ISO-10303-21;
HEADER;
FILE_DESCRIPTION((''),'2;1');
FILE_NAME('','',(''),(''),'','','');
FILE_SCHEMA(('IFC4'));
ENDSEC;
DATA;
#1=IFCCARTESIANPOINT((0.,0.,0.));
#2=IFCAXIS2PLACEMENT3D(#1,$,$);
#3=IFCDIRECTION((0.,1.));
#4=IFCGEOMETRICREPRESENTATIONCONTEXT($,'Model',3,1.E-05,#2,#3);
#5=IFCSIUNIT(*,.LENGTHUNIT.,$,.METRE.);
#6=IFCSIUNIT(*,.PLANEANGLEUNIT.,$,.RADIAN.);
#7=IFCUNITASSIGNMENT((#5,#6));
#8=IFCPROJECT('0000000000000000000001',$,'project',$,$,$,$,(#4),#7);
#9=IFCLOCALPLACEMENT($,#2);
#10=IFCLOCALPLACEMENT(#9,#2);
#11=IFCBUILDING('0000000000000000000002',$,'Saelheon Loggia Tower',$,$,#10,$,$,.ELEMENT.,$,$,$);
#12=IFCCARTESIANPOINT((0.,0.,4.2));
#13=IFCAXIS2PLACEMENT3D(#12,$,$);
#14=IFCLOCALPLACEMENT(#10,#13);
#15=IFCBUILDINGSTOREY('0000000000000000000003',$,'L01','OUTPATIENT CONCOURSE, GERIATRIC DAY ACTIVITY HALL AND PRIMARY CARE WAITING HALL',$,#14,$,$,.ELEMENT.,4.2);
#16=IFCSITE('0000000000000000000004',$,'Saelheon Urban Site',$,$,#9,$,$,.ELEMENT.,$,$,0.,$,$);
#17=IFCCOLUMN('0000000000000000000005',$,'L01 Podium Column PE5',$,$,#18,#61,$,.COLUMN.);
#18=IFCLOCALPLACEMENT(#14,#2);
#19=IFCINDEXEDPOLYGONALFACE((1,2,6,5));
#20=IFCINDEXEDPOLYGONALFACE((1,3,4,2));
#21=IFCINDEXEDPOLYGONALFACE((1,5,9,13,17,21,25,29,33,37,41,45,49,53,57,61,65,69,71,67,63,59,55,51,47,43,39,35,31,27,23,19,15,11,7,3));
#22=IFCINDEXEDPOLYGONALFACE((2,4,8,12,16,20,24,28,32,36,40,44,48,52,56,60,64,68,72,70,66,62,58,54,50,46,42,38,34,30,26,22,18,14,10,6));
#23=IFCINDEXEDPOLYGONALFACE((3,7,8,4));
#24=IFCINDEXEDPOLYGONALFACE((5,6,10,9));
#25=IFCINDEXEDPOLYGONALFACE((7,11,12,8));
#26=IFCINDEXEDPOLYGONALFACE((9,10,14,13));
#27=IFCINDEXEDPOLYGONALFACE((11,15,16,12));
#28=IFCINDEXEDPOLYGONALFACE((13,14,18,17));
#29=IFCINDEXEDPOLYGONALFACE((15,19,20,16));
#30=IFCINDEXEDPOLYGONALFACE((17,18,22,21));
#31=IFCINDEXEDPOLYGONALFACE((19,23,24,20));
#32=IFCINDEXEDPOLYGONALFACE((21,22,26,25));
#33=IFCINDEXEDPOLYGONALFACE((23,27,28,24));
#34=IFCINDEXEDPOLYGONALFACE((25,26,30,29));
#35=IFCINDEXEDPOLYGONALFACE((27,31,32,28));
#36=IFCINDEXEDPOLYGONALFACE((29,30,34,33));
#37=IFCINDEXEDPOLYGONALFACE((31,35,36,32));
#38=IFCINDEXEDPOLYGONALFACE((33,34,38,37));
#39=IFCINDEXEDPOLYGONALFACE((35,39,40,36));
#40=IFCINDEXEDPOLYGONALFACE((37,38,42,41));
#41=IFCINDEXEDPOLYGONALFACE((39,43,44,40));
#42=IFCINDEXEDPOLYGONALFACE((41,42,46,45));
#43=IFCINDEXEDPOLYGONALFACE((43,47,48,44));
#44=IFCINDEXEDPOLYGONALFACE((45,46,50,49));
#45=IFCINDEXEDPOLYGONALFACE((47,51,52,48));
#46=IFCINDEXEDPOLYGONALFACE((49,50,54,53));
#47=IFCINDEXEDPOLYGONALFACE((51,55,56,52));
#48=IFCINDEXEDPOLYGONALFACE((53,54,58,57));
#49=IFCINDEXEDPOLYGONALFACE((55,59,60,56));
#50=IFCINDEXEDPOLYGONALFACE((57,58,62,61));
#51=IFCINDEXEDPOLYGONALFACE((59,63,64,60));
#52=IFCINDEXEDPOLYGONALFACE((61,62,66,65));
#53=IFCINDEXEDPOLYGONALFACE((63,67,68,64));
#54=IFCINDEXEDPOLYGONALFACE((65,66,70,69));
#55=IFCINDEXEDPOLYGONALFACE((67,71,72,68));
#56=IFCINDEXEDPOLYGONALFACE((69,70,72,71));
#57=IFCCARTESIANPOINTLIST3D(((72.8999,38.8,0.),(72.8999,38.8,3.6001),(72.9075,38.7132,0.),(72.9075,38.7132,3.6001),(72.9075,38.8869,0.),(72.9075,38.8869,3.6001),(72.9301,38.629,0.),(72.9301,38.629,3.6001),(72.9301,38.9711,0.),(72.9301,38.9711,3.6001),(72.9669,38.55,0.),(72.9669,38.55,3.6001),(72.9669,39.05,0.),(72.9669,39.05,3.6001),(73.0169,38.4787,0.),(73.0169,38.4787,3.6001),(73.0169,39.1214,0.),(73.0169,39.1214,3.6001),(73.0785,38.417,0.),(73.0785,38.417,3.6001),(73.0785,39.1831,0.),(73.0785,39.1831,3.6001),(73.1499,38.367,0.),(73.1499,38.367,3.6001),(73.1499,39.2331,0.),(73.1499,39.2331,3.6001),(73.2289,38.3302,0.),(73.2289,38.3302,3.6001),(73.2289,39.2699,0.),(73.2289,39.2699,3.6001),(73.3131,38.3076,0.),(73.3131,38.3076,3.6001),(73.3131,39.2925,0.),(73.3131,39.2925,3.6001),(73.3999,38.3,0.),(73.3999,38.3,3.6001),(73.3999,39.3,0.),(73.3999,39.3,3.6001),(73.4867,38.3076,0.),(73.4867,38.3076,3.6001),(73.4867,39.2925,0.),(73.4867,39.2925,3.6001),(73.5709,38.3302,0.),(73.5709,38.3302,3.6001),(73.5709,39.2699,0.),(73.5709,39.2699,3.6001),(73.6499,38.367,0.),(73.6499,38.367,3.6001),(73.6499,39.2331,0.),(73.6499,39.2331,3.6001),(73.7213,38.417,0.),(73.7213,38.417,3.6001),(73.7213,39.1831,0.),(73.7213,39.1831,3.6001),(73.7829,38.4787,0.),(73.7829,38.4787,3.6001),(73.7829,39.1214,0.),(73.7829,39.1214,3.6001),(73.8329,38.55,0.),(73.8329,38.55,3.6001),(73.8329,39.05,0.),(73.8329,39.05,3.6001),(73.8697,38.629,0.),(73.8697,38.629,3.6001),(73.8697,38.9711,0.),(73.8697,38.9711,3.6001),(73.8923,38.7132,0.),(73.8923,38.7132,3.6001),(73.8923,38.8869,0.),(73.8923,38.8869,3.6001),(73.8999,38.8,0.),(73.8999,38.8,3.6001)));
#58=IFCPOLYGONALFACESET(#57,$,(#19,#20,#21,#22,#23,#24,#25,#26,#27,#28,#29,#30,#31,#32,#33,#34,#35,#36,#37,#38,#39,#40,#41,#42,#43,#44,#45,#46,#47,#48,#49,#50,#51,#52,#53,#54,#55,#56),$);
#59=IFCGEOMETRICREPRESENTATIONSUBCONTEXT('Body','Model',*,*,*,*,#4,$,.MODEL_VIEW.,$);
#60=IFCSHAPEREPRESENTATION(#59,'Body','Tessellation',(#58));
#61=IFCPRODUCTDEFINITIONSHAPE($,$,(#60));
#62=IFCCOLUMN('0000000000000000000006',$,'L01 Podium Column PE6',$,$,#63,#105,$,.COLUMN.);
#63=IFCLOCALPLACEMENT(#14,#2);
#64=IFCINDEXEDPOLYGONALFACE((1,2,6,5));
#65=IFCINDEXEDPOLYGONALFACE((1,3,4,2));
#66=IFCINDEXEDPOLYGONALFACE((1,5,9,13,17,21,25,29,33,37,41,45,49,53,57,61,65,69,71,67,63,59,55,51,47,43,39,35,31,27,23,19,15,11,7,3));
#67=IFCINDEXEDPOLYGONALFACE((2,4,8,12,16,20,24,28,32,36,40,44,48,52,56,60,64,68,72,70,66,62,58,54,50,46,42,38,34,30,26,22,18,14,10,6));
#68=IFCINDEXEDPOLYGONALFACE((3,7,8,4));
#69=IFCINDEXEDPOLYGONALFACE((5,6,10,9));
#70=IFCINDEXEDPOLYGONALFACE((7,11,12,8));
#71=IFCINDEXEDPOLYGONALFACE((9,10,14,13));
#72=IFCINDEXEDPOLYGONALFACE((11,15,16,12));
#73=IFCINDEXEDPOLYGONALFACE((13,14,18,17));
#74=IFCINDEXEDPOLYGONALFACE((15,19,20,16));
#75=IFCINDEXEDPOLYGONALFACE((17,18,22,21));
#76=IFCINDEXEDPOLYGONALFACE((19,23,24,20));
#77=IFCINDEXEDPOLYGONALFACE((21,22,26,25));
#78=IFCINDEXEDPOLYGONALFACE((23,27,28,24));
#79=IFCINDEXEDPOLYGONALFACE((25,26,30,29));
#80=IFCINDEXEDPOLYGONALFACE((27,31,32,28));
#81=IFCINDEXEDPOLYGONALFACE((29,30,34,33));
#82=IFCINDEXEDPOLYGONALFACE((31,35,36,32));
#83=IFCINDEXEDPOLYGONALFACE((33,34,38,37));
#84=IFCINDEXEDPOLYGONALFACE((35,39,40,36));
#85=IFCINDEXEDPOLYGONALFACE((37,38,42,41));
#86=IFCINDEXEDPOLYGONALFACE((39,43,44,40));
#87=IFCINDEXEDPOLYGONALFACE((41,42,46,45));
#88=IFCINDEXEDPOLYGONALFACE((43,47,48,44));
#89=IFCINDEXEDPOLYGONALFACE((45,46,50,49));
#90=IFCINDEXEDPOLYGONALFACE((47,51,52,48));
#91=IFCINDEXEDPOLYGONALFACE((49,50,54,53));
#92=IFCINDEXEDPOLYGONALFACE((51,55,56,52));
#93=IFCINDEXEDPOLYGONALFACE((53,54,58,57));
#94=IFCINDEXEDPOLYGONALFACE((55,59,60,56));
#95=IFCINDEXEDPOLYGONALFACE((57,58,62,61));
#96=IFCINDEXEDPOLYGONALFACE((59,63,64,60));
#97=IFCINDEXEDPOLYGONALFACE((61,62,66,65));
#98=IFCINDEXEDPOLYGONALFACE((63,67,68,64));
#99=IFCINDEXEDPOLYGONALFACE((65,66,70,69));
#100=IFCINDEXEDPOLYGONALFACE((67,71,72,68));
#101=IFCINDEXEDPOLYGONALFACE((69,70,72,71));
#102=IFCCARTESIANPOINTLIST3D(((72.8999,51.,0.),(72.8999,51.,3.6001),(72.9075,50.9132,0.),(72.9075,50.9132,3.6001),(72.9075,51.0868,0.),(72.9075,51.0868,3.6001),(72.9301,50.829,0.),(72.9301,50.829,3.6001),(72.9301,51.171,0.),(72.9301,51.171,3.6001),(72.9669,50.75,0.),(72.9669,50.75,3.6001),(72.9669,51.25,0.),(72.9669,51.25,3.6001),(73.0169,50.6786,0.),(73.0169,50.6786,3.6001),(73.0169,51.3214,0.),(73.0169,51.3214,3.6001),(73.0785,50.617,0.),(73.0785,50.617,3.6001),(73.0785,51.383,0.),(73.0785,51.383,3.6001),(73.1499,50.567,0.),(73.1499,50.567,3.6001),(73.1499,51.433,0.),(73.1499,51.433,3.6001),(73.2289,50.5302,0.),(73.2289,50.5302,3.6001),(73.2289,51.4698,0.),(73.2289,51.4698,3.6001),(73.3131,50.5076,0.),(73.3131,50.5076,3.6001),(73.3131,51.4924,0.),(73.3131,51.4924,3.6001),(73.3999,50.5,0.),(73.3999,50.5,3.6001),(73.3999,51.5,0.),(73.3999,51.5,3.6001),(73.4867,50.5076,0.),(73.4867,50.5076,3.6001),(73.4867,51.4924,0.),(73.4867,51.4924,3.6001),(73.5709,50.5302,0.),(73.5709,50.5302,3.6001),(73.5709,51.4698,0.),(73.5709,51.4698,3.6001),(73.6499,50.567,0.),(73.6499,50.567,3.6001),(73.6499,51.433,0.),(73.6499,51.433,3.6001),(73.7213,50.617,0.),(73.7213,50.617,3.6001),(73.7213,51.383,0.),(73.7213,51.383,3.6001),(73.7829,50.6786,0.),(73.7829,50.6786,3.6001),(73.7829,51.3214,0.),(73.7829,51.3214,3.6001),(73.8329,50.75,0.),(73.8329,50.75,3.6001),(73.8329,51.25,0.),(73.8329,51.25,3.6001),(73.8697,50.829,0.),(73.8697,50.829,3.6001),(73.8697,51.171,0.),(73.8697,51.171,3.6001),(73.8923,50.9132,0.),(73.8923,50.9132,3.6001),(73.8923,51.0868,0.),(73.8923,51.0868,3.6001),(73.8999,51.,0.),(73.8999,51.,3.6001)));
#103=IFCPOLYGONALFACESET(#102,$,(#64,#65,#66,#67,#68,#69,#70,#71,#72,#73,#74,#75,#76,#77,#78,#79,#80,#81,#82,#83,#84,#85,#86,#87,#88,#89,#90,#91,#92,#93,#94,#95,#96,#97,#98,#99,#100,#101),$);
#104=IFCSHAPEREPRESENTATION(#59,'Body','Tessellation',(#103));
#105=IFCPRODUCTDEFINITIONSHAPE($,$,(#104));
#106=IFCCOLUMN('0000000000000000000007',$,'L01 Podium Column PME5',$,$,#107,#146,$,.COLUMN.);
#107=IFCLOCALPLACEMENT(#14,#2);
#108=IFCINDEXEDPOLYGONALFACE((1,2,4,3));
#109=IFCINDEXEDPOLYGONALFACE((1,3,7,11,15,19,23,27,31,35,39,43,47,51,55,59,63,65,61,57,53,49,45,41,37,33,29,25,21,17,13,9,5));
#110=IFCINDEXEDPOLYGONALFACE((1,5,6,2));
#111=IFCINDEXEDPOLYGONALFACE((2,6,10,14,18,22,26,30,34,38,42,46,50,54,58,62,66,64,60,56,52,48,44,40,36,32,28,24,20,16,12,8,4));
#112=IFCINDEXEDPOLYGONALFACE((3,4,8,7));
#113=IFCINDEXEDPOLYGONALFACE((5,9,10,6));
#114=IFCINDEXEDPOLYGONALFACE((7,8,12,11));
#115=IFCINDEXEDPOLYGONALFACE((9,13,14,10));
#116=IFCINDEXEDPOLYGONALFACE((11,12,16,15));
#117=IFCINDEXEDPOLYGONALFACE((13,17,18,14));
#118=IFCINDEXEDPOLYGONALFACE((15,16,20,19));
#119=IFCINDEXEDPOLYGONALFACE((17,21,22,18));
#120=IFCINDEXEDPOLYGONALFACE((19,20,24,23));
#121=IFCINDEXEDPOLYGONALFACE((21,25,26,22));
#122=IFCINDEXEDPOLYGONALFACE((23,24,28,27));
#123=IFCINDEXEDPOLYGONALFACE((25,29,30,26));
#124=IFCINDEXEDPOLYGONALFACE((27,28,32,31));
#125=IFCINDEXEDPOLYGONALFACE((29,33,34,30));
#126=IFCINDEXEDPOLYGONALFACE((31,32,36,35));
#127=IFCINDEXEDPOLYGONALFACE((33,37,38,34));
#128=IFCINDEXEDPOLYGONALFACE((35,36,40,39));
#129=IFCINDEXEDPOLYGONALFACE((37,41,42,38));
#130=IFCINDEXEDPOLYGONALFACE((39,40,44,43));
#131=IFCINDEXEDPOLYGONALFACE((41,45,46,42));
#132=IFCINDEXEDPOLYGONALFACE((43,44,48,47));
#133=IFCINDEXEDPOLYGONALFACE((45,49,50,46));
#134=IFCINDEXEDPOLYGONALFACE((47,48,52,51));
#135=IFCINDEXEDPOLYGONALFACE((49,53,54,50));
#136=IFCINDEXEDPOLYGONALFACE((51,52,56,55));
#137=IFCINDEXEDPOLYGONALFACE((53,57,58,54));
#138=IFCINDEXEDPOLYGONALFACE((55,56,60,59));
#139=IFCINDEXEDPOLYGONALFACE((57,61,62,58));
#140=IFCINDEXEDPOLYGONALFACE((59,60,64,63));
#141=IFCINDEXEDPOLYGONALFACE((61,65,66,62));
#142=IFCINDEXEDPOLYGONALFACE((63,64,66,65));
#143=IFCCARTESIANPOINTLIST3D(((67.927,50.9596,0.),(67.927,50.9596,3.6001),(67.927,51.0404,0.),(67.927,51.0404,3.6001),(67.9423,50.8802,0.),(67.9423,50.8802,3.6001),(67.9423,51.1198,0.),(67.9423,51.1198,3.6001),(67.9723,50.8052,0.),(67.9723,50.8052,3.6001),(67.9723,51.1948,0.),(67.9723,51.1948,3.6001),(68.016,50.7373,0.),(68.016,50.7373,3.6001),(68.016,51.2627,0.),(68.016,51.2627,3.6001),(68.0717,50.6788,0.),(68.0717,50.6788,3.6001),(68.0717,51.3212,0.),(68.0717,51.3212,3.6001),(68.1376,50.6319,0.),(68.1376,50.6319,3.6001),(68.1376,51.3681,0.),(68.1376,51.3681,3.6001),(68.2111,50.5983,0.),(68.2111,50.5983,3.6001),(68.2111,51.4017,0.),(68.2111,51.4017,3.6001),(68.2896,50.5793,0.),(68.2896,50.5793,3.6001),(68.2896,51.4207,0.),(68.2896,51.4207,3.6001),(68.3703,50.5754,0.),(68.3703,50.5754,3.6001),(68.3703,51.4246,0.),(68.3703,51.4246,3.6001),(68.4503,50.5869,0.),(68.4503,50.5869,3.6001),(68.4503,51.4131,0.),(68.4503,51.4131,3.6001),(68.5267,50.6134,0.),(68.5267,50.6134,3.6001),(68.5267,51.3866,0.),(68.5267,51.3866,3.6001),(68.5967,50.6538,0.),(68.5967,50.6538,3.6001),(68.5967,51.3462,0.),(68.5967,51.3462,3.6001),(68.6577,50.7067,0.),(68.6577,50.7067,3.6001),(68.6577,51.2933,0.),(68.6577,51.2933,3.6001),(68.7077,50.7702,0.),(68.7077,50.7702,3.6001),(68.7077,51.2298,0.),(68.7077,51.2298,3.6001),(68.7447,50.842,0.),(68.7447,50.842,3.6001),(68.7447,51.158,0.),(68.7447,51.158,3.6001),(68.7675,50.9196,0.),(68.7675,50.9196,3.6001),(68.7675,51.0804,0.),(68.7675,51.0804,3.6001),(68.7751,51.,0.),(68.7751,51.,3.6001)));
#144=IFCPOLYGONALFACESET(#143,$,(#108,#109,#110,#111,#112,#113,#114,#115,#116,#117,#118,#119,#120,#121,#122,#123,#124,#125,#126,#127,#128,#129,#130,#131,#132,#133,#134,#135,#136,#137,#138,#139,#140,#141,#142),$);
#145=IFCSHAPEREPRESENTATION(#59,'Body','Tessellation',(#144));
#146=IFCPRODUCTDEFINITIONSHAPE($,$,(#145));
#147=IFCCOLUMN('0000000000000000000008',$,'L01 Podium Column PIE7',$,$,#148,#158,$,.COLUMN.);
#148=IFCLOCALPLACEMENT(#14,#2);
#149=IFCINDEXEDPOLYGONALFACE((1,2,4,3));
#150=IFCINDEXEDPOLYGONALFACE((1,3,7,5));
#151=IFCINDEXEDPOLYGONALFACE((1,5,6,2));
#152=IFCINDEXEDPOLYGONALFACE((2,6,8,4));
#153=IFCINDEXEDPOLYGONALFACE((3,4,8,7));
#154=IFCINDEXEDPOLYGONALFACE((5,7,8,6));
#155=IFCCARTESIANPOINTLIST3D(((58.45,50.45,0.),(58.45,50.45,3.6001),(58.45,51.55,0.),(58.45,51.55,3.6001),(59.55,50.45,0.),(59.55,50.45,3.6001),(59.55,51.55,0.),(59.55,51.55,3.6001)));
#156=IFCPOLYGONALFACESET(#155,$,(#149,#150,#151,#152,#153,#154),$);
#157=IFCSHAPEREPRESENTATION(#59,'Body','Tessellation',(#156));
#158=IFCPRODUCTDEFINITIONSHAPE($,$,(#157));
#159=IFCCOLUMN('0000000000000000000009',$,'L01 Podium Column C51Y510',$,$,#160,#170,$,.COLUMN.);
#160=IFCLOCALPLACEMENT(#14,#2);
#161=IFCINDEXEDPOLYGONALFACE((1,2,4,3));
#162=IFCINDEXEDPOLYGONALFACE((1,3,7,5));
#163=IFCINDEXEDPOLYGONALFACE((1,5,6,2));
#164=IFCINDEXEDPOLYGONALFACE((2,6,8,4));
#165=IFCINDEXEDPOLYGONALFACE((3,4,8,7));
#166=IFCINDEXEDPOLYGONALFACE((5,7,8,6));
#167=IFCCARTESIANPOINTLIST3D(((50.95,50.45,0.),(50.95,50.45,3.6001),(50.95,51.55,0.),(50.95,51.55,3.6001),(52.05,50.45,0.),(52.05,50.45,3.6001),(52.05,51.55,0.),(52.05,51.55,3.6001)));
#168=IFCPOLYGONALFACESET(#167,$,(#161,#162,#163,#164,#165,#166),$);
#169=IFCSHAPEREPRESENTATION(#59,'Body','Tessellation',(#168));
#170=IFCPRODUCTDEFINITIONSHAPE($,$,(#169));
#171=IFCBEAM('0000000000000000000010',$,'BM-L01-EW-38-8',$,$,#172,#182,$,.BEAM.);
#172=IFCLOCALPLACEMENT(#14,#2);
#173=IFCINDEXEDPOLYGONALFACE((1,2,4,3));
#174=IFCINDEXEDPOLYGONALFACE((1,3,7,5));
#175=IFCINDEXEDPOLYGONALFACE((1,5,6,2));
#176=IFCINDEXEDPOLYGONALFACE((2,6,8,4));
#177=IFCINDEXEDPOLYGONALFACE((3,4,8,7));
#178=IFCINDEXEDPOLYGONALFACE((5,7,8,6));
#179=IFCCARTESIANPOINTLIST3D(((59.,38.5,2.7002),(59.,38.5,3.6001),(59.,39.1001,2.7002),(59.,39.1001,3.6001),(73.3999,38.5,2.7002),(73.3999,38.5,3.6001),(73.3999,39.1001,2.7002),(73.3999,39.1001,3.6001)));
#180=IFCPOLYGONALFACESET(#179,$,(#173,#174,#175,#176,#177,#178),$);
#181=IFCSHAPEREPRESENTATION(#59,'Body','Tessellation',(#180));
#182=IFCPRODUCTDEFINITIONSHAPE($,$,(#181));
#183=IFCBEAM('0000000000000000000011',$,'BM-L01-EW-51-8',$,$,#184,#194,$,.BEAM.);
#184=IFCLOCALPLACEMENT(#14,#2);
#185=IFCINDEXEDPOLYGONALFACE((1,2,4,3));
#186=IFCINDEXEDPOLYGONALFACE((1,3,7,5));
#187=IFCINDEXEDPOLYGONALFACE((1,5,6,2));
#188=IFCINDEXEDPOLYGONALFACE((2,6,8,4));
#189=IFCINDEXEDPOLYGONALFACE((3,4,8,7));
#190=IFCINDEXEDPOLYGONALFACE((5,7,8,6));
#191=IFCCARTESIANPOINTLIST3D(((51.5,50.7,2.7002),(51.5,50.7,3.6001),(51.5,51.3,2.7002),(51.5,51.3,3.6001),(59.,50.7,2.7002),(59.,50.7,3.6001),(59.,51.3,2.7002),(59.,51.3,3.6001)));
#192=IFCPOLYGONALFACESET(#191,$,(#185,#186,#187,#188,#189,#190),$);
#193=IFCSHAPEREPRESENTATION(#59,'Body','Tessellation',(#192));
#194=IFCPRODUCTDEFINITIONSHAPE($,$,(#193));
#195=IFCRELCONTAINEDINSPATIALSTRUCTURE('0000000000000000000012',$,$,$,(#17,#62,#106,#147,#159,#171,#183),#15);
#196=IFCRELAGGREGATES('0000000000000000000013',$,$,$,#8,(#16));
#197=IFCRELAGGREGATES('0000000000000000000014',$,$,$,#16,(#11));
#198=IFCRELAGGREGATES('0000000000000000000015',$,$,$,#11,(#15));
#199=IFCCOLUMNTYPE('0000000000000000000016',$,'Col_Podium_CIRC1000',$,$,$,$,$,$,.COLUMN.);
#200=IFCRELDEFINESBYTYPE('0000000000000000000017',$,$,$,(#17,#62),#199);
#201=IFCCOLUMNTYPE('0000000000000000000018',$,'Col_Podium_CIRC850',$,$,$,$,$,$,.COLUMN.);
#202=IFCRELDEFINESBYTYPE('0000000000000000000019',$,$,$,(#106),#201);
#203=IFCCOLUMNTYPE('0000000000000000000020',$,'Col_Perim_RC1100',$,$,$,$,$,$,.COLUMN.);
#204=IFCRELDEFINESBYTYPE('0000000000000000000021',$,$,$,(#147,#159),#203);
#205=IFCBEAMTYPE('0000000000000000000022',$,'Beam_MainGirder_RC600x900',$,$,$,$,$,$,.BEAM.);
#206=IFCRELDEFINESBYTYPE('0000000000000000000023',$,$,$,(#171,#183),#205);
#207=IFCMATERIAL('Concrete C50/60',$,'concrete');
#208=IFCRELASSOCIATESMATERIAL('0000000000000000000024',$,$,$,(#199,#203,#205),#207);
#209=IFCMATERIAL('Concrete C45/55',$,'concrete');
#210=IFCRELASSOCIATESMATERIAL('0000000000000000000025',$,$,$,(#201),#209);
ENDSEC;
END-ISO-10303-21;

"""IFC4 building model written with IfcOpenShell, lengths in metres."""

from ifc_helpers import new_model, si_unit, direction, frame, origin, origin_2d, place, context, subcontext, project, spatial, rectangle, circle, extrude, source, transform, mapped, material, material_profile, profile_set, type_object, element, save


model = new_model("IFC4")

# Units and contexts
model_context = context("Model", 3, precision=1e-05, world=origin(), true_north=direction((0.0, 1.0)))
body_context = subcontext(model_context, "Body", "Model", "MODEL_VIEW")
ifc_project = project(units=[si_unit("LENGTHUNIT", "METRE"), si_unit("PLANEANGLEUNIT", "RADIAN")], contexts=[model_context])

# Site, building, storey
site_placement = place(None, origin())
site = spatial("IfcSite", under=ifc_project, at=site_placement, Name="Saelheon Urban Site", CompositionType="ELEMENT", RefElevation=0.0)
building_placement = place(site_placement, origin())
building = spatial("IfcBuilding", under=site, at=building_placement, Name="Saelheon Loggia Tower", CompositionType="ELEMENT")
storey_placement = place(building_placement, frame((0.0, 0.0, 4.2)))
storey = spatial("IfcBuildingStorey", under=building, at=storey_placement, Name="L01", Description="OUTPATIENT CONCOURSE, GERIATRIC DAY ACTIVITY HALL AND PRIMARY CARE WAITING HALL", CompositionType="ELEMENT", Elevation=4.2)

# Columns
ifc_material_1 = material(Name="Concrete C50/60", Category="concrete")
ifc_material_profile_1 = material_profile(ifc_material_1, circle(Radius=0.5, at=origin_2d()), Name="CIRC-1000")
ifc_profile_set_1 = profile_set([ifc_material_profile_1], Name="Concrete C50/60")
column_type_1 = type_object("IfcColumnType", Name="Col_Podium_CIRC1000", PredefinedType="COLUMN", material=ifc_profile_set_1)
shared_shape_1 = source(origin(), body_context, "Body", "SweptSolid", [
    extrude(circle(Radius=0.5, at=origin_2d()), origin(), (0.0, 0.0, 1.0), 3.6001),
])
for number, where, z_axis, x_axis, name in (
    (1, (73.3999, 38.8, 0.0), (0.0, 0.0, 1.0), (1.0, 0.0, 0.0), "L01 Podium Column PE5"),
    (2, (73.3999, 51.0, 0.0), (0.0, 0.0, 1.0), (1.0, 0.0, 0.0), "L01 Podium Column PE6"),
):
    element("IfcColumn", number, at=place(storey_placement, frame(where, z_axis=z_axis, x_axis=x_axis)), inside=storey, type_object=column_type_1, Name=name, PredefinedType="COLUMN", context=body_context, shape_type="MappedRepresentation", body=[
        mapped(shared_shape_1, transform((0.0, 0.0, 0.0), scale=1.0)),
    ])
ifc_material_2 = material(Name="Concrete C45/55", Category="concrete")
ifc_material_profile_2 = material_profile(ifc_material_2, circle(Radius=0.425, at=origin_2d()), Name="CIRC-850")
ifc_profile_set_2 = profile_set([ifc_material_profile_2], Name="Concrete C45/55")
column_type_2 = type_object("IfcColumnType", Name="Col_Podium_CIRC850", PredefinedType="COLUMN", material=ifc_profile_set_2)
shared_shape_2 = source(origin(), body_context, "Body", "SweptSolid", [
    extrude(circle(Radius=0.425, at=origin_2d()), origin(), (0.0, 0.0, 1.0), 3.6001),
])
column_placement = place(storey_placement, frame((68.3501, 51.0, 0.0), z_axis=(0.0, 0.0, 1.0), x_axis=(1.0, 0.0, 0.0)))
element("IfcColumn", 3, at=column_placement, inside=storey, type_object=column_type_2, Name="L01 Podium Column PME5", PredefinedType="COLUMN", context=body_context, shape_type="MappedRepresentation", body=[
    mapped(shared_shape_2, transform((0.0, 0.0, 0.0), scale=1.0)),
])
ifc_material_profile_3 = material_profile(ifc_material_1, rectangle(XDim=1.1001, YDim=1.1001, at=origin_2d()), Name="RC-1100x1100")
ifc_profile_set_3 = profile_set([ifc_material_profile_3], Name="Concrete C50/60")
column_type_3 = type_object("IfcColumnType", Name="Col_Perim_RC1100", PredefinedType="COLUMN", material=ifc_profile_set_3)
shared_shape_3 = source(origin(), body_context, "Body", "SweptSolid", [
    extrude(rectangle(XDim=1.1001, YDim=1.1001, at=origin_2d()), origin(), (0.0, 0.0, 1.0), 3.6001),
])
for number, where, z_axis, x_axis, name in (
    (4, (59.0, 51.0, 0.0), (0.0, 0.0, 1.0), (1.0, 0.0, 0.0), "L01 Podium Column PIE7"),
    (5, (51.5, 51.0, 0.0), (0.0, 0.0, 1.0), (1.0, 0.0, 0.0), "L01 Podium Column C51Y510"),
):
    element("IfcColumn", number, at=place(storey_placement, frame(where, z_axis=z_axis, x_axis=x_axis)), inside=storey, type_object=column_type_3, Name=name, PredefinedType="COLUMN", context=body_context, shape_type="MappedRepresentation", body=[
        mapped(shared_shape_3, transform((0.0, 0.0, 0.0), scale=1.0)),
    ])

# Beams
ifc_material_profile_4 = material_profile(ifc_material_1, rectangle(XDim=0.6001, YDim=0.8999, at=origin_2d()), Name="RC-600x900")
ifc_profile_set_4 = profile_set([ifc_material_profile_4], Name="Concrete C50/60")
beam_type_1 = type_object("IfcBeamType", Name="Beam_MainGirder_RC600x900", PredefinedType="BEAM", material=ifc_profile_set_4)
shared_shape_4 = source(origin(), body_context, "Body", "SweptSolid", [
    extrude(rectangle(XDim=0.6001, YDim=0.8999, at=origin_2d()), origin(), (0.0, 0.0, 1.0), 14.3999),
])
beam_1_placement = place(storey_placement, frame((59.0, 38.8, 3.1501), z_axis=(1.0, 0.0, 0.0), x_axis=(0.0, 1.0, 0.0)))
element("IfcBeam", 6, at=beam_1_placement, inside=storey, type_object=beam_type_1, Name="BM-L01-EW-38-8", PredefinedType="BEAM", context=body_context, shape_type="MappedRepresentation", body=[
    mapped(shared_shape_4, transform((0.0, 0.0, 0.0), scale=1.0)),
])
shared_shape_5 = source(origin(), body_context, "Body", "SweptSolid", [
    extrude(rectangle(XDim=0.6001, YDim=0.8999, at=origin_2d()), origin(), (0.0, 0.0, 1.0), 7.5),
])
beam_2_placement = place(storey_placement, frame((51.5, 51.0, 3.1501), z_axis=(1.0, 0.0, 0.0), x_axis=(0.0, 1.0, 0.0)))
element("IfcBeam", 7, at=beam_2_placement, inside=storey, type_object=beam_type_1, Name="BM-L01-EW-51-8", PredefinedType="BEAM", context=body_context, shape_type="MappedRepresentation", body=[
    mapped(shared_shape_5, transform((0.0, 0.0, 0.0), scale=1.0)),
])

save(model, "model.ifc")
